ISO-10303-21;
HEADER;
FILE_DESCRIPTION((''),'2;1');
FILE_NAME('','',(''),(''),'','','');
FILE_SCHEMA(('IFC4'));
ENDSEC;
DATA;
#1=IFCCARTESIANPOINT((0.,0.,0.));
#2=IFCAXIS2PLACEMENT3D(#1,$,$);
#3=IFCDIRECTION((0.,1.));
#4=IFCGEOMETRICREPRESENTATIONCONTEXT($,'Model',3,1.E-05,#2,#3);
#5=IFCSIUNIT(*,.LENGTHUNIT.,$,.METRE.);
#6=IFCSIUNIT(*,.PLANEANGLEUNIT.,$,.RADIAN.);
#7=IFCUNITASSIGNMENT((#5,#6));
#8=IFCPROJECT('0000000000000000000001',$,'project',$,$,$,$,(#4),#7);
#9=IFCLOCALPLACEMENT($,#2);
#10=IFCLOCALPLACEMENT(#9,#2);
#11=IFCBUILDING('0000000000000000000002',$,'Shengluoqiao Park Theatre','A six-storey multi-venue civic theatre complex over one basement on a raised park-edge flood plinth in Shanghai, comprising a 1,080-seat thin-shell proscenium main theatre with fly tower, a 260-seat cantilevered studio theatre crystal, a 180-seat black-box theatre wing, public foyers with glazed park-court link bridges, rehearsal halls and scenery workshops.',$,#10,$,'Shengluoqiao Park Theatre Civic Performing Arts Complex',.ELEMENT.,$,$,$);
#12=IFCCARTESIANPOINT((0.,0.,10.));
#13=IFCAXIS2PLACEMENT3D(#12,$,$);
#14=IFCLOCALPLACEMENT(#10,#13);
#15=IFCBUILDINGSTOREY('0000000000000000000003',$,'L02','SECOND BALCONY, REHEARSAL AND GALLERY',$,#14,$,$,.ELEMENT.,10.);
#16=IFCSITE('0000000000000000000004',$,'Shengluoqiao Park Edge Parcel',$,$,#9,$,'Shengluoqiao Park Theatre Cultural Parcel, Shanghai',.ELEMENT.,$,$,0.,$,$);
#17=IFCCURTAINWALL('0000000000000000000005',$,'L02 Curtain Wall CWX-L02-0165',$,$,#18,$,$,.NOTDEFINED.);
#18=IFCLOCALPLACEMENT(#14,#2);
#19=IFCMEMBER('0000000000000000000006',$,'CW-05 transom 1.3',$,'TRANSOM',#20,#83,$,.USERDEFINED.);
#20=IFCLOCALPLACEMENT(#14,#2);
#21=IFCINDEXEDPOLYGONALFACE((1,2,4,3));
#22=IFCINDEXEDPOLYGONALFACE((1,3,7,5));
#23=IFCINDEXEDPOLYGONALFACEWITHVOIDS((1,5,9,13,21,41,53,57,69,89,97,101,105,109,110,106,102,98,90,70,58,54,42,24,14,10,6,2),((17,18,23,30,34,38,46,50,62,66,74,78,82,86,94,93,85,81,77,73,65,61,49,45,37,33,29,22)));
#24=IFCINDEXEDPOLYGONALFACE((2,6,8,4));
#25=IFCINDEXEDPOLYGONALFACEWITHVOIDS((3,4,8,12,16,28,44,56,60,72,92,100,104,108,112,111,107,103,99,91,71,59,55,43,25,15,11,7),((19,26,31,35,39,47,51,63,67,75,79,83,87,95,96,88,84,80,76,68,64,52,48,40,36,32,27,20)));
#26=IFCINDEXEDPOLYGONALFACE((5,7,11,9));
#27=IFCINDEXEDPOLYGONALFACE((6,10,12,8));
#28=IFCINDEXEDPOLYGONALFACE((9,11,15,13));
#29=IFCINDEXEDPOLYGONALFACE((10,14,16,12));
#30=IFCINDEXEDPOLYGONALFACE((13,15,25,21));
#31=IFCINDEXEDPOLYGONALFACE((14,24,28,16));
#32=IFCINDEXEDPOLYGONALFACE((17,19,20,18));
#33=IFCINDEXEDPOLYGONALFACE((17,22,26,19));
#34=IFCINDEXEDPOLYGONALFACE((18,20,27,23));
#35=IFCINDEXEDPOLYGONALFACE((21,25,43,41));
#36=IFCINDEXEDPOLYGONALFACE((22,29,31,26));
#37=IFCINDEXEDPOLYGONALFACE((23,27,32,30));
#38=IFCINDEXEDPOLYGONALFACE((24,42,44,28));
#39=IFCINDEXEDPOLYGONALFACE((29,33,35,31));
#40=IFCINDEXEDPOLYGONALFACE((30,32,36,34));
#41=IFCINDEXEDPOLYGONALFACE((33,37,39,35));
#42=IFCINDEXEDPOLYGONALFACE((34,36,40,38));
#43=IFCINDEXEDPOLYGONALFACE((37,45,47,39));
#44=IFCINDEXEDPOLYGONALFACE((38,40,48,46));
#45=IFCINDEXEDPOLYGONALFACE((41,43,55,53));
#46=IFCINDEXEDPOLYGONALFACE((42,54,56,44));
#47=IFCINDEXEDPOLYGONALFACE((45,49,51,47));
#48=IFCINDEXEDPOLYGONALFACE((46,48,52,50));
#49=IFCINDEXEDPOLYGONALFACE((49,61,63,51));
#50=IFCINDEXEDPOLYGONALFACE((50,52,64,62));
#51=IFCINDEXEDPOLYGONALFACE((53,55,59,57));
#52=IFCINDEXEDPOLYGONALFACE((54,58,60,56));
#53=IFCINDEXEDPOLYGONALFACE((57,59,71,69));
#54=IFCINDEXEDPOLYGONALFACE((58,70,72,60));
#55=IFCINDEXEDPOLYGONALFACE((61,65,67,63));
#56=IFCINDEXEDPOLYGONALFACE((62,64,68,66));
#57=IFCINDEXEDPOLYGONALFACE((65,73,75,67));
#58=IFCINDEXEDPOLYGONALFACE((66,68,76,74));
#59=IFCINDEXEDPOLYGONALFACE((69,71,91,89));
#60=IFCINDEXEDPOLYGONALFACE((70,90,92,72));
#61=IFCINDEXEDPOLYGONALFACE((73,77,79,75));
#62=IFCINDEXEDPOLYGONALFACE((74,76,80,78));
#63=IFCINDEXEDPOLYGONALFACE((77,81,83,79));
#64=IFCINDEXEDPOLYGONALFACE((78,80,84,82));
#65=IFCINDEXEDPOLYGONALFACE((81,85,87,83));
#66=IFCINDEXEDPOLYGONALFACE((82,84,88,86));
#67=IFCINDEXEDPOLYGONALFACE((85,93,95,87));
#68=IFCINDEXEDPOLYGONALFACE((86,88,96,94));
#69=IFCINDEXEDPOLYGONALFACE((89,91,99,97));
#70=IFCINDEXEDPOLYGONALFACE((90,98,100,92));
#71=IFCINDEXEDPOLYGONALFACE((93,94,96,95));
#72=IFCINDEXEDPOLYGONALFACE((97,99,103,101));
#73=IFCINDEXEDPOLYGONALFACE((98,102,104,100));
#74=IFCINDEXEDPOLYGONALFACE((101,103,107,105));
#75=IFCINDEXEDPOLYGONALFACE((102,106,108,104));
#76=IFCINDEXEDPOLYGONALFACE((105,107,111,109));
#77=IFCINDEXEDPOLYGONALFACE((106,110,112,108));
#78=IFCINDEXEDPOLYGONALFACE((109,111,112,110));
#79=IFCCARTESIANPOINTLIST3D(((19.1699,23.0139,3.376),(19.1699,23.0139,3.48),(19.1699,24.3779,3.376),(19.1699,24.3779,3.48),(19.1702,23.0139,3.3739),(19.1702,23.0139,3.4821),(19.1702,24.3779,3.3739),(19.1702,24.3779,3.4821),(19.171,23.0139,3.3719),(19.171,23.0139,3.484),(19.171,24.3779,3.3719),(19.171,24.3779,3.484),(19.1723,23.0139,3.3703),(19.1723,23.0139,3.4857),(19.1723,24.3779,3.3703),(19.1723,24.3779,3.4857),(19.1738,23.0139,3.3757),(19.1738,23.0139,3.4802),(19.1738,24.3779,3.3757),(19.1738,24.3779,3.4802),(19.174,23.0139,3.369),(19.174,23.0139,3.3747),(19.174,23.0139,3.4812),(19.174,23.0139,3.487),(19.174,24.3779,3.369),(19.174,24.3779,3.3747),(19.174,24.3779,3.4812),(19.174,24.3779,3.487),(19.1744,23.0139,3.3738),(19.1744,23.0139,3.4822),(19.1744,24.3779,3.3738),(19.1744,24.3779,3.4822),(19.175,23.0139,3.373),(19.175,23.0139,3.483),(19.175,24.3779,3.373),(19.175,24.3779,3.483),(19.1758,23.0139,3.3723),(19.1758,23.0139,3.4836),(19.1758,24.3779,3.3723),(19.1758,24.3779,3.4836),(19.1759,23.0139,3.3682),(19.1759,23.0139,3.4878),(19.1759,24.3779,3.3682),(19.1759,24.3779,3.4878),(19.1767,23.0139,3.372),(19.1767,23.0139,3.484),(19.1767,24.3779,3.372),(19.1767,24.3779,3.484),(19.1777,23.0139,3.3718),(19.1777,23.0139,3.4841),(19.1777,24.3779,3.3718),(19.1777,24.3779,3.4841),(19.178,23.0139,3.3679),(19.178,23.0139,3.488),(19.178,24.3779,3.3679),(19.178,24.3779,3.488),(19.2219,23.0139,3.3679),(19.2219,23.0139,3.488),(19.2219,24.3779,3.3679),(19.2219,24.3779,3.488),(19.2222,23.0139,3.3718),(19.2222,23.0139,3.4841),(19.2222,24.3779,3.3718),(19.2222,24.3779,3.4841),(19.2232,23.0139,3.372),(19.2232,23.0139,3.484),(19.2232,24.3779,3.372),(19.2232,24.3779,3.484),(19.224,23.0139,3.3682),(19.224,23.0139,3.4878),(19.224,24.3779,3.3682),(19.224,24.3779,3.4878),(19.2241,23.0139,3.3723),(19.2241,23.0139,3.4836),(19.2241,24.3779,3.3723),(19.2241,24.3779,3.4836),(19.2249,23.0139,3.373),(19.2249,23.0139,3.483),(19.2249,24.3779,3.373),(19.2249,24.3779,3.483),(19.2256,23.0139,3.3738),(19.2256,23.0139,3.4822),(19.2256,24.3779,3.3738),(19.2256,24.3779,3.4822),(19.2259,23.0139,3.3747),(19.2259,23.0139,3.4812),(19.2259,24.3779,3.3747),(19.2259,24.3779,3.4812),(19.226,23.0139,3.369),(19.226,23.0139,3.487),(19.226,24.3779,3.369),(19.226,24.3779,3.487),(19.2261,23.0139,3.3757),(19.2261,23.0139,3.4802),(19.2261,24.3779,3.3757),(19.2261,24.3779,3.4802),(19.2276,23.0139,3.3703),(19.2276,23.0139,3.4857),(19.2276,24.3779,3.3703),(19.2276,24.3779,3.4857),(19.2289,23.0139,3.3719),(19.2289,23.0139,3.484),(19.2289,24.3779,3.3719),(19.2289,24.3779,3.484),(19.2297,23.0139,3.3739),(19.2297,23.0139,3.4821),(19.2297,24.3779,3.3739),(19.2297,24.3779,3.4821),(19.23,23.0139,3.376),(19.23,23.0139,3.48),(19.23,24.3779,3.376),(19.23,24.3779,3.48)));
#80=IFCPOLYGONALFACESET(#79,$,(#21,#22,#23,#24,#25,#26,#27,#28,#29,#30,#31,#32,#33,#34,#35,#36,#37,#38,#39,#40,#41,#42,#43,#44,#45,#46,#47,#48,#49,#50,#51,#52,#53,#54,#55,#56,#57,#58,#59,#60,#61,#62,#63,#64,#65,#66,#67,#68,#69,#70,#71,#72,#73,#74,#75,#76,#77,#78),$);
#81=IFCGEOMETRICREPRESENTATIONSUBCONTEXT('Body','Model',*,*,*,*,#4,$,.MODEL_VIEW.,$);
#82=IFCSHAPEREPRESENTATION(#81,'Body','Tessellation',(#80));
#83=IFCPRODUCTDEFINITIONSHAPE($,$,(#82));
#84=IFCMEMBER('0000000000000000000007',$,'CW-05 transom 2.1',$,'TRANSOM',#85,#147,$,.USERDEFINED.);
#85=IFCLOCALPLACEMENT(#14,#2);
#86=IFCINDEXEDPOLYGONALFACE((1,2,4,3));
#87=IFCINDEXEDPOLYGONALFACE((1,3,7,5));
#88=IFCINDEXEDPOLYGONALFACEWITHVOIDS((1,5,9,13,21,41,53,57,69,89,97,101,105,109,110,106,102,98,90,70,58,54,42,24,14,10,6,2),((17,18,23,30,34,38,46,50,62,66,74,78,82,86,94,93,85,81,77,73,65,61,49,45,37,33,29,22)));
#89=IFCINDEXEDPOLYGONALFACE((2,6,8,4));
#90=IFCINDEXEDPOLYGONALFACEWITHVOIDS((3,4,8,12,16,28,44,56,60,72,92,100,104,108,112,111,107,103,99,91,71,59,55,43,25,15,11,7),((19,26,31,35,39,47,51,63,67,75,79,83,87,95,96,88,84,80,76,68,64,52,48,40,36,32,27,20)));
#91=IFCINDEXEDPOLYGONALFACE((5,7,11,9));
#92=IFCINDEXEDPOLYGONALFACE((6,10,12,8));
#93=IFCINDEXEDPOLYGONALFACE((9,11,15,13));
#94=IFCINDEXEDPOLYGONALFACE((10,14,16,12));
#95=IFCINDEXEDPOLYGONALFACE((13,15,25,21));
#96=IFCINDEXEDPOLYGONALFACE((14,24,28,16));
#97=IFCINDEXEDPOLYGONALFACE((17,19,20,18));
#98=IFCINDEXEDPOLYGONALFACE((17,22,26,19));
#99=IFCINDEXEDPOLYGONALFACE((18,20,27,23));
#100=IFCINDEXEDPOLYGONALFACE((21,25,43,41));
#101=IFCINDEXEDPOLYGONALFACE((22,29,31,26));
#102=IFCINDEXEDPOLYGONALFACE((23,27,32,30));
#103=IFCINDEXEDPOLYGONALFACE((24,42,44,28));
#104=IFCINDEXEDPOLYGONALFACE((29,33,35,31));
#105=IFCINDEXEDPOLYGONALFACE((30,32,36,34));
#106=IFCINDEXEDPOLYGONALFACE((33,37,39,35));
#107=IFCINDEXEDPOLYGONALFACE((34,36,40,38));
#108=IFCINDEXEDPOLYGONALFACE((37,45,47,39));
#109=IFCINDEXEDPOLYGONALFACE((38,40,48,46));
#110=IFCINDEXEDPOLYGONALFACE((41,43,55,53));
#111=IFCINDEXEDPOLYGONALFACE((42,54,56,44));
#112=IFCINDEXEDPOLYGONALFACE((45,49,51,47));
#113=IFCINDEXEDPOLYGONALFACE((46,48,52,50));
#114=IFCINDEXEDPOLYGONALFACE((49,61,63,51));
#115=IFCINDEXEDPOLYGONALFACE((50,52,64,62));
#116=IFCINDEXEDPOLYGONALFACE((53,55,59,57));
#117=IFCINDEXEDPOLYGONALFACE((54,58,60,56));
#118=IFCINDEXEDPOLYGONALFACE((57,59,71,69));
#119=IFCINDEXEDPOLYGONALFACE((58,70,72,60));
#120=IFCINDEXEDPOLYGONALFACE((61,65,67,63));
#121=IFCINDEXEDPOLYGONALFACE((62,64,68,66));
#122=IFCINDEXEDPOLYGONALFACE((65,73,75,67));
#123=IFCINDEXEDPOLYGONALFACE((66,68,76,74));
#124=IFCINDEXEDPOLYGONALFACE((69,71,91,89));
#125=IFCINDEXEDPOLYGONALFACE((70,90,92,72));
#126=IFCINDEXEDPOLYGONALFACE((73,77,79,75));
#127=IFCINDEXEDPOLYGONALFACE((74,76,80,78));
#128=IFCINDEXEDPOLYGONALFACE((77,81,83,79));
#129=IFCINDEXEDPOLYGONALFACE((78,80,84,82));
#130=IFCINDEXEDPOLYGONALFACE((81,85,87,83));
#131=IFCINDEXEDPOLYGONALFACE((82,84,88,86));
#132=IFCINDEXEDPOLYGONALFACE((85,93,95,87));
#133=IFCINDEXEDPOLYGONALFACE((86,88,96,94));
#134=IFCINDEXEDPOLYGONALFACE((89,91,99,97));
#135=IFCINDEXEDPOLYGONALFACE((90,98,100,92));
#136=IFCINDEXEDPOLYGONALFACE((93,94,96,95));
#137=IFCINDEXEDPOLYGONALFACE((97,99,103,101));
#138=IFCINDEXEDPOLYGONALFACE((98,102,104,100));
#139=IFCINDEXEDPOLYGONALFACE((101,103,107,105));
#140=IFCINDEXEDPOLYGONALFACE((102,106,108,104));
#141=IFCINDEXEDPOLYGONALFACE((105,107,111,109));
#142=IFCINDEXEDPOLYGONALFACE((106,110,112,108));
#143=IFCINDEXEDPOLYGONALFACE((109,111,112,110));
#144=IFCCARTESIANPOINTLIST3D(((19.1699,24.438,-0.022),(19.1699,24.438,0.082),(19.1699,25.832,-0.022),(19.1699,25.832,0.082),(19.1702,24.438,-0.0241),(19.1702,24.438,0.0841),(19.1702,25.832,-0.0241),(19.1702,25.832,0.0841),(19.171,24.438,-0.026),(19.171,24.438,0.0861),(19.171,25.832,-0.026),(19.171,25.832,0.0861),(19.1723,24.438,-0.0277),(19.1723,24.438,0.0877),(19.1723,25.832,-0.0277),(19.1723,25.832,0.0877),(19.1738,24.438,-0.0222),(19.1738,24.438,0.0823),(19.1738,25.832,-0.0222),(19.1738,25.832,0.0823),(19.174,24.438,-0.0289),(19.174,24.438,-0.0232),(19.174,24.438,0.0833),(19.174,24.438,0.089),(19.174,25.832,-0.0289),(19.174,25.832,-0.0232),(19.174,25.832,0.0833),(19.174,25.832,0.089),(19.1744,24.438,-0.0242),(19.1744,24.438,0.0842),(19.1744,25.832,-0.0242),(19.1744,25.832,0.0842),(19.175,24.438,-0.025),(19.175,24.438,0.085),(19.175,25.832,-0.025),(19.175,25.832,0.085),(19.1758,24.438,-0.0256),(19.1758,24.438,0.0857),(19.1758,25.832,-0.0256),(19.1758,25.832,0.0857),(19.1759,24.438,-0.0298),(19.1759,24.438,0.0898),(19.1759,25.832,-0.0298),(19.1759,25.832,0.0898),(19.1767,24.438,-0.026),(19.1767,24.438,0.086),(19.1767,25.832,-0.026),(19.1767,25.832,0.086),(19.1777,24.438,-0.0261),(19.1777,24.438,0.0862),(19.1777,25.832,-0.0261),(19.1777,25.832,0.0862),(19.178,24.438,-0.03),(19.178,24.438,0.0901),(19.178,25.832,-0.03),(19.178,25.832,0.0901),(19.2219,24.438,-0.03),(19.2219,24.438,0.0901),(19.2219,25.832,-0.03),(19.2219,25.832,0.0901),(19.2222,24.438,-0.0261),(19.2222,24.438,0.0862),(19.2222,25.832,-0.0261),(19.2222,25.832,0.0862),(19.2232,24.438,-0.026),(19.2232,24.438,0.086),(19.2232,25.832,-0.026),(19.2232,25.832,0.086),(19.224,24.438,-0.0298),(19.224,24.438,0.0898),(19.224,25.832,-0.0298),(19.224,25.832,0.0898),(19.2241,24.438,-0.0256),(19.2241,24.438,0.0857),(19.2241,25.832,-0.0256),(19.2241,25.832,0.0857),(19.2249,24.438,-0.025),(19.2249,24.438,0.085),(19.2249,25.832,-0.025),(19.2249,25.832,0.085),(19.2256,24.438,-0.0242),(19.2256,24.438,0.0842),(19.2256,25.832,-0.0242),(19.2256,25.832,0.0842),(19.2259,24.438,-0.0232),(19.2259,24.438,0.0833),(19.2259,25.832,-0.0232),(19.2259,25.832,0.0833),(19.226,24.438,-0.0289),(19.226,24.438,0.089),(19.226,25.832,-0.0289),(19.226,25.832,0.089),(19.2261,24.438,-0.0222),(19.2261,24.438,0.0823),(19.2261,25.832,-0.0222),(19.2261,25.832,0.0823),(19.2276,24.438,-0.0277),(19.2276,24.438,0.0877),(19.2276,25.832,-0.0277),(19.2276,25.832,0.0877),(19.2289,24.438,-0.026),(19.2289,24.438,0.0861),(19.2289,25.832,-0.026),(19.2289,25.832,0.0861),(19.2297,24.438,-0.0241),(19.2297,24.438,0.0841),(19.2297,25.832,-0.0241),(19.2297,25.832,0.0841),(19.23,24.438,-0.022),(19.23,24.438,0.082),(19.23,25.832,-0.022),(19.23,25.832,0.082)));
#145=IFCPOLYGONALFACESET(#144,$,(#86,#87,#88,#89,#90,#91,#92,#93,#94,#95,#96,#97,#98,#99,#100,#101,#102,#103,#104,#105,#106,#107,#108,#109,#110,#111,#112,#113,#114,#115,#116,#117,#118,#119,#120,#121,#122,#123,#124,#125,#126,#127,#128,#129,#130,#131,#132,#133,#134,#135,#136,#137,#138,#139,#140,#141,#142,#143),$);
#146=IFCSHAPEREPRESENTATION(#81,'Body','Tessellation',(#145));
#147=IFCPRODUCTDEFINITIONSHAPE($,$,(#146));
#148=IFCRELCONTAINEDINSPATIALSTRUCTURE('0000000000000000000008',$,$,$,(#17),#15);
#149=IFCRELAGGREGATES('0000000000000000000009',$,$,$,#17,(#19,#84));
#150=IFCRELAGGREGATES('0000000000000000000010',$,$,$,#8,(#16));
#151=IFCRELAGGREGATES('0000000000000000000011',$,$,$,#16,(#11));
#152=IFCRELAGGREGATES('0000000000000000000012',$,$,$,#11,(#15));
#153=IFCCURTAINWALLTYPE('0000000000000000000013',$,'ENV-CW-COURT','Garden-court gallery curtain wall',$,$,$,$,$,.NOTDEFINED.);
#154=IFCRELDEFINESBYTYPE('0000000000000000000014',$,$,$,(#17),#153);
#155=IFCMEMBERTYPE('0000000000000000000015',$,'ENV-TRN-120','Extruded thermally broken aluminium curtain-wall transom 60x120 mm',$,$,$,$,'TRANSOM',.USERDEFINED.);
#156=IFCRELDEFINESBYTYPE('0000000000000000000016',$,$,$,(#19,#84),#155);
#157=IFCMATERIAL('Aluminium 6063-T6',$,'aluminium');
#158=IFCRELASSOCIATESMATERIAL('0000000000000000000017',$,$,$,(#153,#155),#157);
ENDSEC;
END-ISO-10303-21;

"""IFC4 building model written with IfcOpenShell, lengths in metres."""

from ifc_helpers import new_model, si_unit, direction, frame, origin, origin_2d, place, context, subcontext, project, spatial, hollow_rectangle, extrude, material, material_profile, profile_set, type_object, element, aggregate, save


model = new_model("IFC4")

# Units and contexts
model_context = context("Model", 3, precision=1e-05, world=origin(), true_north=direction((0.0, 1.0)))
body_context = subcontext(model_context, "Body", "Model", "MODEL_VIEW")
ifc_project = project(units=[si_unit("LENGTHUNIT", "METRE"), si_unit("PLANEANGLEUNIT", "RADIAN")], contexts=[model_context])

# Site, building, storey
site_placement = place(None, origin())
site = spatial("IfcSite", under=ifc_project, at=site_placement, Name="Shengluoqiao Park Edge Parcel", LongName="Shengluoqiao Park Theatre Cultural Parcel, Shanghai", CompositionType="ELEMENT", RefElevation=0.0)
building_placement = place(site_placement, origin())
building = spatial("IfcBuilding", under=site, at=building_placement, Name="Shengluoqiao Park Theatre", Description="A six-storey multi-venue civic theatre complex over one basement on a raised park-edge flood plinth in Shanghai, comprising a 1,080-seat thin-shell proscenium main theatre with fly tower, a 260-seat cantilevered studio theatre crystal, a 180-seat black-box theatre wing, public foyers with glazed park-court link bridges, rehearsal halls and scenery workshops.", LongName="Shengluoqiao Park Theatre Civic Performing Arts Complex", CompositionType="ELEMENT")
storey_placement = place(building_placement, frame((0.0, 0.0, 10.0)))
storey = spatial("IfcBuildingStorey", under=building, at=storey_placement, Name="L02", Description="SECOND BALCONY, REHEARSAL AND GALLERY", CompositionType="ELEMENT", Elevation=10.0)

# Shared definitions
ifc_material_1 = material(Name="Aluminium 6063-T6", Category="aluminium")

# Curtain wall, members
curtain_wall_type_1 = type_object("IfcCurtainWallType", Name="ENV-CW-COURT", Description="Garden-court gallery curtain wall", PredefinedType="NOTDEFINED", material=ifc_material_1)
curtain_wall_1_placement = place(storey_placement, origin())
curtain_wall_1 = element("IfcCurtainWall", 1, at=curtain_wall_1_placement, inside=storey, type_object=curtain_wall_type_1, Name="L02 Curtain Wall CWX-L02-0165", PredefinedType="NOTDEFINED")
ifc_material_profile_1 = material_profile(ifc_material_1, hollow_rectangle(XDim=0.0601, YDim=0.1201, WallThickness=0.0039, InnerFilletRadius=0.0039, OuterFilletRadius=0.0081, at=origin_2d()), Name="ALU TRANSOM 120x60x4")
ifc_profile_set_1 = profile_set([ifc_material_profile_1], Name="Aluminium 6063-T6")
member_type_1 = type_object("IfcMemberType", Name="ENV-TRN-120", Description="Extruded thermally broken aluminium curtain-wall transom 60x120 mm", ElementType="TRANSOM", PredefinedType="USERDEFINED", material=ifc_profile_set_1)
member_1_placement = place(storey_placement, frame((19.2, 23.0139, 3.428), z_axis=(0.0, 1.0, 0.0), x_axis=(-1.0, 0.0, 0.0)))
member_1 = element("IfcMember", 2, at=member_1_placement, type_object=member_type_1, Name="CW-05 transom 1.3", ObjectType="TRANSOM", PredefinedType="USERDEFINED", context=body_context, shape_type="SweptSolid", body=[
    extrude(hollow_rectangle(XDim=0.0601, YDim=0.1201, WallThickness=0.0039, InnerFilletRadius=0.0039, OuterFilletRadius=0.0081, at=origin_2d()), origin(), (0.0, 0.0, 1.0), 1.364),
])
member_2_placement = place(storey_placement, frame((19.2, 24.438, 0.03), z_axis=(0.0, 1.0, 0.0), x_axis=(-1.0, 0.0, 0.0)))
member_2 = element("IfcMember", 3, at=member_2_placement, type_object=member_type_1, Name="CW-05 transom 2.1", ObjectType="TRANSOM", PredefinedType="USERDEFINED", context=body_context, shape_type="SweptSolid", body=[
    extrude(hollow_rectangle(XDim=0.0601, YDim=0.1201, WallThickness=0.0039, InnerFilletRadius=0.0039, OuterFilletRadius=0.0081, at=origin_2d()), origin(), (0.0, 0.0, 1.0), 1.394),
])
aggregate(curtain_wall_1, [member_1, member_2])

save(model, "model.ifc")
